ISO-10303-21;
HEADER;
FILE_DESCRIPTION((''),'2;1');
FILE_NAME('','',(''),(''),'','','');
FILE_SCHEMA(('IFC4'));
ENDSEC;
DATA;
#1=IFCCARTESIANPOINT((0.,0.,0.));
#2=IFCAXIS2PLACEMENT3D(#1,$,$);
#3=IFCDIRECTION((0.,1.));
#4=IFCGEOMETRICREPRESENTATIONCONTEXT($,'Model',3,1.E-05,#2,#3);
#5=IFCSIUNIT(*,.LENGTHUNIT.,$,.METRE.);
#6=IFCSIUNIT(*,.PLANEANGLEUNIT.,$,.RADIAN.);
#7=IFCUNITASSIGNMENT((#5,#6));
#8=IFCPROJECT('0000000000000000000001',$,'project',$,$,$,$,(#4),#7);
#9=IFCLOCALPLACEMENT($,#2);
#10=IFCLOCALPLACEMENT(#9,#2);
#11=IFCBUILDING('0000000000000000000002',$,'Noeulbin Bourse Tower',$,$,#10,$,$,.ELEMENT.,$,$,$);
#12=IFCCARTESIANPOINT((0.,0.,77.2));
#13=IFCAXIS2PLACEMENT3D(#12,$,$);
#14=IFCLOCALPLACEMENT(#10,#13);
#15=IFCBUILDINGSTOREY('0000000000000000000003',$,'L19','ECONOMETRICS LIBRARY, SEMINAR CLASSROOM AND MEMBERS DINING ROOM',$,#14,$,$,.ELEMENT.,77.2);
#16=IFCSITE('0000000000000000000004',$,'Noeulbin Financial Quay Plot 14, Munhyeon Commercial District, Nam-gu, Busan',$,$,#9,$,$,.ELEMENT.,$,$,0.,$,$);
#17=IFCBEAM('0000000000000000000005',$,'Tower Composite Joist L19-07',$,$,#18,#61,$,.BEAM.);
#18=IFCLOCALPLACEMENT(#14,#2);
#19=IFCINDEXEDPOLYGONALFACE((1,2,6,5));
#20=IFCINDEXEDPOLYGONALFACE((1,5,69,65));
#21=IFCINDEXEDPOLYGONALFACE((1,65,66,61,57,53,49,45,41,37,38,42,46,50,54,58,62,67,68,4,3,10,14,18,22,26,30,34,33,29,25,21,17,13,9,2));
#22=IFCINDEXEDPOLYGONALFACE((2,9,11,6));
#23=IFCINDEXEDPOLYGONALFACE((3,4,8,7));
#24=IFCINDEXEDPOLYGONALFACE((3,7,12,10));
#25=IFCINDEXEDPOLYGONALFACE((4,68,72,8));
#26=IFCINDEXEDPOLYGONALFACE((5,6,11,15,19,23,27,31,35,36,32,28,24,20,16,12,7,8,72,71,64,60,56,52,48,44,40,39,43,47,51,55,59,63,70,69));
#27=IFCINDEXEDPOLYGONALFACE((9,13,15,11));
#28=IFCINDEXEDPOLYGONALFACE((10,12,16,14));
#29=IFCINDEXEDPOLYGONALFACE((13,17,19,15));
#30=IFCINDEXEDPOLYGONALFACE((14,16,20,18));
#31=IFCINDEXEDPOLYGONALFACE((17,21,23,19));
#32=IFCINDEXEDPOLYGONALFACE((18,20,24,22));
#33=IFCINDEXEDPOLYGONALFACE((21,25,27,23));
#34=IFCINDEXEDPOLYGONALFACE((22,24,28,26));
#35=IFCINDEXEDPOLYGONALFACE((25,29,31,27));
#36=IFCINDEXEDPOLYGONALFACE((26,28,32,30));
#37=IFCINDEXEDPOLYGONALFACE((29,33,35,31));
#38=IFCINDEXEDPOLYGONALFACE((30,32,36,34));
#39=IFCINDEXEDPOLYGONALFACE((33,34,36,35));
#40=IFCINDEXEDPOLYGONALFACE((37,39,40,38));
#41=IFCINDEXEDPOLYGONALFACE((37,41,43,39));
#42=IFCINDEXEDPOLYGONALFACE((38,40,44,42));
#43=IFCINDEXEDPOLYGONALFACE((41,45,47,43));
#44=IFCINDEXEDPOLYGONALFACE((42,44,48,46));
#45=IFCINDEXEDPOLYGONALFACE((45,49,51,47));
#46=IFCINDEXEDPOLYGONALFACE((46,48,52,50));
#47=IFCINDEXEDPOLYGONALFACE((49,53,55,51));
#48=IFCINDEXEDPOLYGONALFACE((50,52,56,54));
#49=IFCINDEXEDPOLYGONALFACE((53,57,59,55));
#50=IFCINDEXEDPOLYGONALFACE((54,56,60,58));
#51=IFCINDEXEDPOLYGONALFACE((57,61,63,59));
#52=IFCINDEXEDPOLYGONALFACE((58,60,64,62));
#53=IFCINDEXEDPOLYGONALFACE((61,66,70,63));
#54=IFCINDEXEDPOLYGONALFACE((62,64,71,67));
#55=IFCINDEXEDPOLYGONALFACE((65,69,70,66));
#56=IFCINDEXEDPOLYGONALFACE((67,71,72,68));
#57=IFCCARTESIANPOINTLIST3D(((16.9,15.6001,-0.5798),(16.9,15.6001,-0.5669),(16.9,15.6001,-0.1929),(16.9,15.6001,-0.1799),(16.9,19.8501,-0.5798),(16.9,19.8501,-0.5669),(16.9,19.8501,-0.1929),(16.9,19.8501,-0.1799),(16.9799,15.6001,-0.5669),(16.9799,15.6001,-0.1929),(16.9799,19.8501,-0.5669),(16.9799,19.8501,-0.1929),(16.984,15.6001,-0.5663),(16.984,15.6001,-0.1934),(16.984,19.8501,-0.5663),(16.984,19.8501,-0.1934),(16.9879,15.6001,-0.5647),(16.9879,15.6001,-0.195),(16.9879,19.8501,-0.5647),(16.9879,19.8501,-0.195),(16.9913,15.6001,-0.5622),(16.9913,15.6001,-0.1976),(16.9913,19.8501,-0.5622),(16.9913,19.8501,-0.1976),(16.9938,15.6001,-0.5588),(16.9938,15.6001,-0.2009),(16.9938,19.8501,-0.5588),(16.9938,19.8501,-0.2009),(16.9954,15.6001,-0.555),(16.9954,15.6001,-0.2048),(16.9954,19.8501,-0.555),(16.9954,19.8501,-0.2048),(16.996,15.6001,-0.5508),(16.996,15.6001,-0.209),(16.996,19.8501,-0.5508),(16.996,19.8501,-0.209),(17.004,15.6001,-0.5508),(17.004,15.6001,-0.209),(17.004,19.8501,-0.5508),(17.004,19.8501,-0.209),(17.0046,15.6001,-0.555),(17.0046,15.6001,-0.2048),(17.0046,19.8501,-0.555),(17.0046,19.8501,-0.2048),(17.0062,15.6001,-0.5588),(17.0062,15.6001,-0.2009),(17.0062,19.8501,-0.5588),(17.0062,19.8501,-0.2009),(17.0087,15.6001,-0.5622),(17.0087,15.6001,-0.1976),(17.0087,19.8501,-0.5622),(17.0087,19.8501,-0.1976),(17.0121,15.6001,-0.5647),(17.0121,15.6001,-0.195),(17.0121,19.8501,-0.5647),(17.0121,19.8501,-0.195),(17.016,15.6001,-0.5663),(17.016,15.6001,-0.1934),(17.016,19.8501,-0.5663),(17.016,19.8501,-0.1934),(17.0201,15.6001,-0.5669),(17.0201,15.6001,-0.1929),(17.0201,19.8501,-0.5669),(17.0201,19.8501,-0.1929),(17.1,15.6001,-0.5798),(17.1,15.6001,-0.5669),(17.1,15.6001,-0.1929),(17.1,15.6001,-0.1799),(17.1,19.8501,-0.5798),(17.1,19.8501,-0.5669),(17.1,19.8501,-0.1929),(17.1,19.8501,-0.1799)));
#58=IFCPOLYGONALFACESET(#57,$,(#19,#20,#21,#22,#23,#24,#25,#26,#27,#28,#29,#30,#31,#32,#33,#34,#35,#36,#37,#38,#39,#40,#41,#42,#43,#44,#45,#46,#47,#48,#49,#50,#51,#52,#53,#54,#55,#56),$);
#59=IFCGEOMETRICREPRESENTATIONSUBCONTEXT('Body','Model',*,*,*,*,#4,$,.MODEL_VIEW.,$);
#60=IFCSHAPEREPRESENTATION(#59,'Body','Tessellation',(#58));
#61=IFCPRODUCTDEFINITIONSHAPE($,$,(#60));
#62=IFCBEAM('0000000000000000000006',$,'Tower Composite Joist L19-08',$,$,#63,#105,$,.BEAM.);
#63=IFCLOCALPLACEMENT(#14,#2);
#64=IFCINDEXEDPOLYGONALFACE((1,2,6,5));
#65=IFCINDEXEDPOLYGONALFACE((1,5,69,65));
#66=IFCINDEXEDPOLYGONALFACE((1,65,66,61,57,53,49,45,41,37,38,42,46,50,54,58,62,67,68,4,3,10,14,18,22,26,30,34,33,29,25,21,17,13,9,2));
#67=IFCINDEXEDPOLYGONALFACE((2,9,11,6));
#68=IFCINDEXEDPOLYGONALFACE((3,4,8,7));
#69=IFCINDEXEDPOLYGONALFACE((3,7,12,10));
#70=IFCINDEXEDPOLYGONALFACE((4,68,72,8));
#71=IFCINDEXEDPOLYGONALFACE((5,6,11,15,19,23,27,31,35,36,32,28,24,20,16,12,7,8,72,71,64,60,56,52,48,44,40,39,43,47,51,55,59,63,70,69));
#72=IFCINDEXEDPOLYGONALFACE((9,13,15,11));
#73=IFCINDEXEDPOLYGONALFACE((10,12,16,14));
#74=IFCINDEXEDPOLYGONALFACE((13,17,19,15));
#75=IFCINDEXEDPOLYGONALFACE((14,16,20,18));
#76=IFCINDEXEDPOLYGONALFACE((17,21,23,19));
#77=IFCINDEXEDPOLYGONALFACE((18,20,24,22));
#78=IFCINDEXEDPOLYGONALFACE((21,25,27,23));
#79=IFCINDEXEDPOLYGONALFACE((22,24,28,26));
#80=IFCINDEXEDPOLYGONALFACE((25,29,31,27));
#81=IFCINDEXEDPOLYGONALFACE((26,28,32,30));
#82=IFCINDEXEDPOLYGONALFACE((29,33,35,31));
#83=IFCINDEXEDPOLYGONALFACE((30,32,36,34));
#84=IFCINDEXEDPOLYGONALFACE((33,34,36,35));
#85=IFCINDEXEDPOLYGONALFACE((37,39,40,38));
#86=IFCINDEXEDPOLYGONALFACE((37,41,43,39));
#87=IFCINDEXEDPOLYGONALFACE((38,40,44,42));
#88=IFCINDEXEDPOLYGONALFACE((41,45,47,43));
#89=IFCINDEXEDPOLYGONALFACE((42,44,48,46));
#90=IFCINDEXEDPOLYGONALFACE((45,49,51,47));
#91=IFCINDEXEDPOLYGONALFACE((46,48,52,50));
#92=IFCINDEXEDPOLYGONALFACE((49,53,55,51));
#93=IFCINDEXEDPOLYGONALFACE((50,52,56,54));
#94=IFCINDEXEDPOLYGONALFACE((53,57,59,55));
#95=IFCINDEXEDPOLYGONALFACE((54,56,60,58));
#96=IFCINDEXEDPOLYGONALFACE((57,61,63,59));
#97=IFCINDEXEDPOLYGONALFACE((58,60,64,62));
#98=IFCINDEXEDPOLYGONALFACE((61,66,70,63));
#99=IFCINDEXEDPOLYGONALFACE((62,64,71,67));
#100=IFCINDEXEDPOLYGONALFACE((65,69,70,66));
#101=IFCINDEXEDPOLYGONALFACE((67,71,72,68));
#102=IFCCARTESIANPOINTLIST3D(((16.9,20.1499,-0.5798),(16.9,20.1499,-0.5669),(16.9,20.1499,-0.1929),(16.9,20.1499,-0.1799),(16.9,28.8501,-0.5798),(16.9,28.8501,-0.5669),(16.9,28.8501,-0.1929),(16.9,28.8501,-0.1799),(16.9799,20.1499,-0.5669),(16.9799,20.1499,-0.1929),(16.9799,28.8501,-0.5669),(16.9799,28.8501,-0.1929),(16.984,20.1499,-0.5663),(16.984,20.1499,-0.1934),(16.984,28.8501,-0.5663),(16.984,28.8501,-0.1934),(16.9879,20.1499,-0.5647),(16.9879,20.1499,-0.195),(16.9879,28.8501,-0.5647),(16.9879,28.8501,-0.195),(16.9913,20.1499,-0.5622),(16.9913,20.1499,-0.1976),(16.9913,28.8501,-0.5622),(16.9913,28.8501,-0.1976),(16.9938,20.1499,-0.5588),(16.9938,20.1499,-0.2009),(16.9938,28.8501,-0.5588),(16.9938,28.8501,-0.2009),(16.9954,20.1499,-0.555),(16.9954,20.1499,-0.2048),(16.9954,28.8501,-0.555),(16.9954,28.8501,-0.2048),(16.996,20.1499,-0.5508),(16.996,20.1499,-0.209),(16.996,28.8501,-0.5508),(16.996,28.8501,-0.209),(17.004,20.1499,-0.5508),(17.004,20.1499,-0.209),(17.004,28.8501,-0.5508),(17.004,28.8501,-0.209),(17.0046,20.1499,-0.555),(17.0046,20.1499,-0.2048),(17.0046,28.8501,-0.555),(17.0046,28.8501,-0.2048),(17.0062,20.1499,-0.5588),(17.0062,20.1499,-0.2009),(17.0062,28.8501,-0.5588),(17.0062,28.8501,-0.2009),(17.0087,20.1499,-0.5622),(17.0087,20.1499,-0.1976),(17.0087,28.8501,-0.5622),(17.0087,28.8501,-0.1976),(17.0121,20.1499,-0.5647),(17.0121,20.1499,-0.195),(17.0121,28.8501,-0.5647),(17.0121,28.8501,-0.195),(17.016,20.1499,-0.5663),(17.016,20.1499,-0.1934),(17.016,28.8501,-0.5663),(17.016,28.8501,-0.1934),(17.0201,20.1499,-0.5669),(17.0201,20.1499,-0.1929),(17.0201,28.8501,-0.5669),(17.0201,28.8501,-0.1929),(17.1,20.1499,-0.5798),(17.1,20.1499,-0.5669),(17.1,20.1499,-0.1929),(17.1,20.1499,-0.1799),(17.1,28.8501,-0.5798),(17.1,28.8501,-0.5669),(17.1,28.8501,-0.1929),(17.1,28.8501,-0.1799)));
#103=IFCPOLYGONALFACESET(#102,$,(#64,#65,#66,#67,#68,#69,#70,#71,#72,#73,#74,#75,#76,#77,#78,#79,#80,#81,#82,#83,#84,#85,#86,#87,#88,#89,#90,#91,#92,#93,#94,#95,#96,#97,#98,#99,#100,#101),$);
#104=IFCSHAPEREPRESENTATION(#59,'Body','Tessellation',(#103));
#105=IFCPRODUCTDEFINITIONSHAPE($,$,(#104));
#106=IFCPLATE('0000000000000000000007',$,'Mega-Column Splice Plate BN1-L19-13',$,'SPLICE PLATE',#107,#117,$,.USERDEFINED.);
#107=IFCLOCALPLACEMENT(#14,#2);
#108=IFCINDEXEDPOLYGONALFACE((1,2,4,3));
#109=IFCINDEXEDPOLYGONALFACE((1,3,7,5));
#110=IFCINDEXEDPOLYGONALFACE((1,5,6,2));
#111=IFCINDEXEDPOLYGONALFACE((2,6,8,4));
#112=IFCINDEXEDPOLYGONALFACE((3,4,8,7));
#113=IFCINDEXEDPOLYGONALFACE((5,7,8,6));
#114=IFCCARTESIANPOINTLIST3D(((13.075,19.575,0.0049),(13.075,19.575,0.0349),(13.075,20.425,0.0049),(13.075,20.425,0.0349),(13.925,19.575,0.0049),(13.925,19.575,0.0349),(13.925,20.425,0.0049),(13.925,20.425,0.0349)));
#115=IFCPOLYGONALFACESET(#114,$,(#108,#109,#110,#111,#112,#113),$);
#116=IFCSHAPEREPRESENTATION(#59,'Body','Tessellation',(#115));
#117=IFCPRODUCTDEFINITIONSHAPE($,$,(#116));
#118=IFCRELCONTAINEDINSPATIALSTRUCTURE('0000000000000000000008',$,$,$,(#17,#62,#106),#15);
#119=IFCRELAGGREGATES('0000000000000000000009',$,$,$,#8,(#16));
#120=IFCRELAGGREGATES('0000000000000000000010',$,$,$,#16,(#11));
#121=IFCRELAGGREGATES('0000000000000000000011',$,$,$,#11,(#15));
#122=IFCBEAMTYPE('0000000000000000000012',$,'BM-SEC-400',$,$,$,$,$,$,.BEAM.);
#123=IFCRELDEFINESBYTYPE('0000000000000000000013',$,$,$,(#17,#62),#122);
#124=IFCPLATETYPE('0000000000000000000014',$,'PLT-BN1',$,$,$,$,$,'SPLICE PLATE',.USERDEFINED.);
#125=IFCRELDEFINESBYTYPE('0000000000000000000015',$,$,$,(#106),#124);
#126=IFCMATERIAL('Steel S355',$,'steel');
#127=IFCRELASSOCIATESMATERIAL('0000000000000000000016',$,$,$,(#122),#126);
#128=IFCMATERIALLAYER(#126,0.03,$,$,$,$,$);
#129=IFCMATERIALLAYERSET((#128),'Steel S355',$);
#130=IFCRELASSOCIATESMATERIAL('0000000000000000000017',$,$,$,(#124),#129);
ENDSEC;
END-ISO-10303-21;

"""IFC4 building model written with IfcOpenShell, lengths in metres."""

from ifc_helpers import new_model, si_unit, direction, frame, origin, origin_2d, place, context, subcontext, project, spatial, rectangle, i_section, extrude, material, layer, layer_set, material_profile, profile_set, type_object, element, save


model = new_model("IFC4")

# Units and contexts
model_context = context("Model", 3, precision=1e-05, world=origin(), true_north=direction((0.0, 1.0)))
body_context = subcontext(model_context, "Body", "Model", "MODEL_VIEW")
ifc_project = project(units=[si_unit("LENGTHUNIT", "METRE"), si_unit("PLANEANGLEUNIT", "RADIAN")], contexts=[model_context])

# Site, building, storey
site_placement = place(None, origin())
site = spatial("IfcSite", under=ifc_project, at=site_placement, Name="Noeulbin Financial Quay Plot 14, Munhyeon Commercial District, Nam-gu, Busan", CompositionType="ELEMENT", RefElevation=0.0)
building_placement = place(site_placement, origin())
building = spatial("IfcBuilding", under=site, at=building_placement, Name="Noeulbin Bourse Tower", CompositionType="ELEMENT")
storey_placement = place(building_placement, frame((0.0, 0.0, 77.2)))
storey = spatial("IfcBuildingStorey", under=building, at=storey_placement, Name="L19", Description="ECONOMETRICS LIBRARY, SEMINAR CLASSROOM AND MEMBERS DINING ROOM", CompositionType="ELEMENT", Elevation=77.2)

# Beams
ifc_material_1 = material(Name="Steel S355", Category="steel")
ifc_material_profile_1 = material_profile(ifc_material_1, i_section(OverallWidth=0.2, OverallDepth=0.3999, WebThickness=0.0081, FlangeThickness=0.0129, FilletRadius=0.0161, at=origin_2d()), Name="H-400x200x8x13", Category="LoadBearing")
ifc_profile_set_1 = profile_set([ifc_material_profile_1], Name="Steel S355")
beam_type_1 = type_object("IfcBeamType", Name="BM-SEC-400", PredefinedType="BEAM", material=ifc_profile_set_1)
beam_1_placement = place(storey_placement, frame((17.0, 15.6001, -0.3799), z_axis=(0.0, 1.0, 0.0), x_axis=(-1.0, 0.0, 0.0)))
element("IfcBeam", 1, at=beam_1_placement, inside=storey, type_object=beam_type_1, Name="Tower Composite Joist L19-07", PredefinedType="BEAM", context=body_context, shape_type="SweptSolid", body=[
    extrude(i_section(OverallWidth=0.2, OverallDepth=0.3999, WebThickness=0.0081, FlangeThickness=0.0129, FilletRadius=0.0161, at=origin_2d()), origin(), (0.0, 0.0, 1.0), 4.25),
])
beam_2_placement = place(storey_placement, frame((17.0, 20.1499, -0.3799), z_axis=(0.0, 1.0, 0.0), x_axis=(-1.0, 0.0, 0.0)))
element("IfcBeam", 2, at=beam_2_placement, inside=storey, type_object=beam_type_1, Name="Tower Composite Joist L19-08", PredefinedType="BEAM", context=body_context, shape_type="SweptSolid", body=[
    extrude(i_section(OverallWidth=0.2, OverallDepth=0.3999, WebThickness=0.0081, FlangeThickness=0.0129, FilletRadius=0.0161, at=origin_2d()), origin(), (0.0, 0.0, 1.0), 8.7002),
])

# Plate
ifc_layer_1 = layer(ifc_material_1, 0.03)
ifc_layer_set_1 = layer_set([ifc_layer_1], Name="Steel S355")
plate_type = type_object("IfcPlateType", Name="PLT-BN1", ElementType="SPLICE PLATE", PredefinedType="USERDEFINED", material=ifc_layer_set_1)
plate_placement = place(storey_placement, frame((13.5, 20.0, 0.0049), z_axis=(0.0, 0.0, 1.0), x_axis=(1.0, 0.0, 0.0)))
element("IfcPlate", 3, at=plate_placement, inside=storey, type_object=plate_type, Name="Mega-Column Splice Plate BN1-L19-13", ObjectType="SPLICE PLATE", PredefinedType="USERDEFINED", context=body_context, shape_type="SweptSolid", body=[
    extrude(rectangle(XDim=0.8501, YDim=0.8501, at=origin_2d()), origin(), (0.0, 0.0, 1.0), 0.03),
])

save(model, "model.ifc")
